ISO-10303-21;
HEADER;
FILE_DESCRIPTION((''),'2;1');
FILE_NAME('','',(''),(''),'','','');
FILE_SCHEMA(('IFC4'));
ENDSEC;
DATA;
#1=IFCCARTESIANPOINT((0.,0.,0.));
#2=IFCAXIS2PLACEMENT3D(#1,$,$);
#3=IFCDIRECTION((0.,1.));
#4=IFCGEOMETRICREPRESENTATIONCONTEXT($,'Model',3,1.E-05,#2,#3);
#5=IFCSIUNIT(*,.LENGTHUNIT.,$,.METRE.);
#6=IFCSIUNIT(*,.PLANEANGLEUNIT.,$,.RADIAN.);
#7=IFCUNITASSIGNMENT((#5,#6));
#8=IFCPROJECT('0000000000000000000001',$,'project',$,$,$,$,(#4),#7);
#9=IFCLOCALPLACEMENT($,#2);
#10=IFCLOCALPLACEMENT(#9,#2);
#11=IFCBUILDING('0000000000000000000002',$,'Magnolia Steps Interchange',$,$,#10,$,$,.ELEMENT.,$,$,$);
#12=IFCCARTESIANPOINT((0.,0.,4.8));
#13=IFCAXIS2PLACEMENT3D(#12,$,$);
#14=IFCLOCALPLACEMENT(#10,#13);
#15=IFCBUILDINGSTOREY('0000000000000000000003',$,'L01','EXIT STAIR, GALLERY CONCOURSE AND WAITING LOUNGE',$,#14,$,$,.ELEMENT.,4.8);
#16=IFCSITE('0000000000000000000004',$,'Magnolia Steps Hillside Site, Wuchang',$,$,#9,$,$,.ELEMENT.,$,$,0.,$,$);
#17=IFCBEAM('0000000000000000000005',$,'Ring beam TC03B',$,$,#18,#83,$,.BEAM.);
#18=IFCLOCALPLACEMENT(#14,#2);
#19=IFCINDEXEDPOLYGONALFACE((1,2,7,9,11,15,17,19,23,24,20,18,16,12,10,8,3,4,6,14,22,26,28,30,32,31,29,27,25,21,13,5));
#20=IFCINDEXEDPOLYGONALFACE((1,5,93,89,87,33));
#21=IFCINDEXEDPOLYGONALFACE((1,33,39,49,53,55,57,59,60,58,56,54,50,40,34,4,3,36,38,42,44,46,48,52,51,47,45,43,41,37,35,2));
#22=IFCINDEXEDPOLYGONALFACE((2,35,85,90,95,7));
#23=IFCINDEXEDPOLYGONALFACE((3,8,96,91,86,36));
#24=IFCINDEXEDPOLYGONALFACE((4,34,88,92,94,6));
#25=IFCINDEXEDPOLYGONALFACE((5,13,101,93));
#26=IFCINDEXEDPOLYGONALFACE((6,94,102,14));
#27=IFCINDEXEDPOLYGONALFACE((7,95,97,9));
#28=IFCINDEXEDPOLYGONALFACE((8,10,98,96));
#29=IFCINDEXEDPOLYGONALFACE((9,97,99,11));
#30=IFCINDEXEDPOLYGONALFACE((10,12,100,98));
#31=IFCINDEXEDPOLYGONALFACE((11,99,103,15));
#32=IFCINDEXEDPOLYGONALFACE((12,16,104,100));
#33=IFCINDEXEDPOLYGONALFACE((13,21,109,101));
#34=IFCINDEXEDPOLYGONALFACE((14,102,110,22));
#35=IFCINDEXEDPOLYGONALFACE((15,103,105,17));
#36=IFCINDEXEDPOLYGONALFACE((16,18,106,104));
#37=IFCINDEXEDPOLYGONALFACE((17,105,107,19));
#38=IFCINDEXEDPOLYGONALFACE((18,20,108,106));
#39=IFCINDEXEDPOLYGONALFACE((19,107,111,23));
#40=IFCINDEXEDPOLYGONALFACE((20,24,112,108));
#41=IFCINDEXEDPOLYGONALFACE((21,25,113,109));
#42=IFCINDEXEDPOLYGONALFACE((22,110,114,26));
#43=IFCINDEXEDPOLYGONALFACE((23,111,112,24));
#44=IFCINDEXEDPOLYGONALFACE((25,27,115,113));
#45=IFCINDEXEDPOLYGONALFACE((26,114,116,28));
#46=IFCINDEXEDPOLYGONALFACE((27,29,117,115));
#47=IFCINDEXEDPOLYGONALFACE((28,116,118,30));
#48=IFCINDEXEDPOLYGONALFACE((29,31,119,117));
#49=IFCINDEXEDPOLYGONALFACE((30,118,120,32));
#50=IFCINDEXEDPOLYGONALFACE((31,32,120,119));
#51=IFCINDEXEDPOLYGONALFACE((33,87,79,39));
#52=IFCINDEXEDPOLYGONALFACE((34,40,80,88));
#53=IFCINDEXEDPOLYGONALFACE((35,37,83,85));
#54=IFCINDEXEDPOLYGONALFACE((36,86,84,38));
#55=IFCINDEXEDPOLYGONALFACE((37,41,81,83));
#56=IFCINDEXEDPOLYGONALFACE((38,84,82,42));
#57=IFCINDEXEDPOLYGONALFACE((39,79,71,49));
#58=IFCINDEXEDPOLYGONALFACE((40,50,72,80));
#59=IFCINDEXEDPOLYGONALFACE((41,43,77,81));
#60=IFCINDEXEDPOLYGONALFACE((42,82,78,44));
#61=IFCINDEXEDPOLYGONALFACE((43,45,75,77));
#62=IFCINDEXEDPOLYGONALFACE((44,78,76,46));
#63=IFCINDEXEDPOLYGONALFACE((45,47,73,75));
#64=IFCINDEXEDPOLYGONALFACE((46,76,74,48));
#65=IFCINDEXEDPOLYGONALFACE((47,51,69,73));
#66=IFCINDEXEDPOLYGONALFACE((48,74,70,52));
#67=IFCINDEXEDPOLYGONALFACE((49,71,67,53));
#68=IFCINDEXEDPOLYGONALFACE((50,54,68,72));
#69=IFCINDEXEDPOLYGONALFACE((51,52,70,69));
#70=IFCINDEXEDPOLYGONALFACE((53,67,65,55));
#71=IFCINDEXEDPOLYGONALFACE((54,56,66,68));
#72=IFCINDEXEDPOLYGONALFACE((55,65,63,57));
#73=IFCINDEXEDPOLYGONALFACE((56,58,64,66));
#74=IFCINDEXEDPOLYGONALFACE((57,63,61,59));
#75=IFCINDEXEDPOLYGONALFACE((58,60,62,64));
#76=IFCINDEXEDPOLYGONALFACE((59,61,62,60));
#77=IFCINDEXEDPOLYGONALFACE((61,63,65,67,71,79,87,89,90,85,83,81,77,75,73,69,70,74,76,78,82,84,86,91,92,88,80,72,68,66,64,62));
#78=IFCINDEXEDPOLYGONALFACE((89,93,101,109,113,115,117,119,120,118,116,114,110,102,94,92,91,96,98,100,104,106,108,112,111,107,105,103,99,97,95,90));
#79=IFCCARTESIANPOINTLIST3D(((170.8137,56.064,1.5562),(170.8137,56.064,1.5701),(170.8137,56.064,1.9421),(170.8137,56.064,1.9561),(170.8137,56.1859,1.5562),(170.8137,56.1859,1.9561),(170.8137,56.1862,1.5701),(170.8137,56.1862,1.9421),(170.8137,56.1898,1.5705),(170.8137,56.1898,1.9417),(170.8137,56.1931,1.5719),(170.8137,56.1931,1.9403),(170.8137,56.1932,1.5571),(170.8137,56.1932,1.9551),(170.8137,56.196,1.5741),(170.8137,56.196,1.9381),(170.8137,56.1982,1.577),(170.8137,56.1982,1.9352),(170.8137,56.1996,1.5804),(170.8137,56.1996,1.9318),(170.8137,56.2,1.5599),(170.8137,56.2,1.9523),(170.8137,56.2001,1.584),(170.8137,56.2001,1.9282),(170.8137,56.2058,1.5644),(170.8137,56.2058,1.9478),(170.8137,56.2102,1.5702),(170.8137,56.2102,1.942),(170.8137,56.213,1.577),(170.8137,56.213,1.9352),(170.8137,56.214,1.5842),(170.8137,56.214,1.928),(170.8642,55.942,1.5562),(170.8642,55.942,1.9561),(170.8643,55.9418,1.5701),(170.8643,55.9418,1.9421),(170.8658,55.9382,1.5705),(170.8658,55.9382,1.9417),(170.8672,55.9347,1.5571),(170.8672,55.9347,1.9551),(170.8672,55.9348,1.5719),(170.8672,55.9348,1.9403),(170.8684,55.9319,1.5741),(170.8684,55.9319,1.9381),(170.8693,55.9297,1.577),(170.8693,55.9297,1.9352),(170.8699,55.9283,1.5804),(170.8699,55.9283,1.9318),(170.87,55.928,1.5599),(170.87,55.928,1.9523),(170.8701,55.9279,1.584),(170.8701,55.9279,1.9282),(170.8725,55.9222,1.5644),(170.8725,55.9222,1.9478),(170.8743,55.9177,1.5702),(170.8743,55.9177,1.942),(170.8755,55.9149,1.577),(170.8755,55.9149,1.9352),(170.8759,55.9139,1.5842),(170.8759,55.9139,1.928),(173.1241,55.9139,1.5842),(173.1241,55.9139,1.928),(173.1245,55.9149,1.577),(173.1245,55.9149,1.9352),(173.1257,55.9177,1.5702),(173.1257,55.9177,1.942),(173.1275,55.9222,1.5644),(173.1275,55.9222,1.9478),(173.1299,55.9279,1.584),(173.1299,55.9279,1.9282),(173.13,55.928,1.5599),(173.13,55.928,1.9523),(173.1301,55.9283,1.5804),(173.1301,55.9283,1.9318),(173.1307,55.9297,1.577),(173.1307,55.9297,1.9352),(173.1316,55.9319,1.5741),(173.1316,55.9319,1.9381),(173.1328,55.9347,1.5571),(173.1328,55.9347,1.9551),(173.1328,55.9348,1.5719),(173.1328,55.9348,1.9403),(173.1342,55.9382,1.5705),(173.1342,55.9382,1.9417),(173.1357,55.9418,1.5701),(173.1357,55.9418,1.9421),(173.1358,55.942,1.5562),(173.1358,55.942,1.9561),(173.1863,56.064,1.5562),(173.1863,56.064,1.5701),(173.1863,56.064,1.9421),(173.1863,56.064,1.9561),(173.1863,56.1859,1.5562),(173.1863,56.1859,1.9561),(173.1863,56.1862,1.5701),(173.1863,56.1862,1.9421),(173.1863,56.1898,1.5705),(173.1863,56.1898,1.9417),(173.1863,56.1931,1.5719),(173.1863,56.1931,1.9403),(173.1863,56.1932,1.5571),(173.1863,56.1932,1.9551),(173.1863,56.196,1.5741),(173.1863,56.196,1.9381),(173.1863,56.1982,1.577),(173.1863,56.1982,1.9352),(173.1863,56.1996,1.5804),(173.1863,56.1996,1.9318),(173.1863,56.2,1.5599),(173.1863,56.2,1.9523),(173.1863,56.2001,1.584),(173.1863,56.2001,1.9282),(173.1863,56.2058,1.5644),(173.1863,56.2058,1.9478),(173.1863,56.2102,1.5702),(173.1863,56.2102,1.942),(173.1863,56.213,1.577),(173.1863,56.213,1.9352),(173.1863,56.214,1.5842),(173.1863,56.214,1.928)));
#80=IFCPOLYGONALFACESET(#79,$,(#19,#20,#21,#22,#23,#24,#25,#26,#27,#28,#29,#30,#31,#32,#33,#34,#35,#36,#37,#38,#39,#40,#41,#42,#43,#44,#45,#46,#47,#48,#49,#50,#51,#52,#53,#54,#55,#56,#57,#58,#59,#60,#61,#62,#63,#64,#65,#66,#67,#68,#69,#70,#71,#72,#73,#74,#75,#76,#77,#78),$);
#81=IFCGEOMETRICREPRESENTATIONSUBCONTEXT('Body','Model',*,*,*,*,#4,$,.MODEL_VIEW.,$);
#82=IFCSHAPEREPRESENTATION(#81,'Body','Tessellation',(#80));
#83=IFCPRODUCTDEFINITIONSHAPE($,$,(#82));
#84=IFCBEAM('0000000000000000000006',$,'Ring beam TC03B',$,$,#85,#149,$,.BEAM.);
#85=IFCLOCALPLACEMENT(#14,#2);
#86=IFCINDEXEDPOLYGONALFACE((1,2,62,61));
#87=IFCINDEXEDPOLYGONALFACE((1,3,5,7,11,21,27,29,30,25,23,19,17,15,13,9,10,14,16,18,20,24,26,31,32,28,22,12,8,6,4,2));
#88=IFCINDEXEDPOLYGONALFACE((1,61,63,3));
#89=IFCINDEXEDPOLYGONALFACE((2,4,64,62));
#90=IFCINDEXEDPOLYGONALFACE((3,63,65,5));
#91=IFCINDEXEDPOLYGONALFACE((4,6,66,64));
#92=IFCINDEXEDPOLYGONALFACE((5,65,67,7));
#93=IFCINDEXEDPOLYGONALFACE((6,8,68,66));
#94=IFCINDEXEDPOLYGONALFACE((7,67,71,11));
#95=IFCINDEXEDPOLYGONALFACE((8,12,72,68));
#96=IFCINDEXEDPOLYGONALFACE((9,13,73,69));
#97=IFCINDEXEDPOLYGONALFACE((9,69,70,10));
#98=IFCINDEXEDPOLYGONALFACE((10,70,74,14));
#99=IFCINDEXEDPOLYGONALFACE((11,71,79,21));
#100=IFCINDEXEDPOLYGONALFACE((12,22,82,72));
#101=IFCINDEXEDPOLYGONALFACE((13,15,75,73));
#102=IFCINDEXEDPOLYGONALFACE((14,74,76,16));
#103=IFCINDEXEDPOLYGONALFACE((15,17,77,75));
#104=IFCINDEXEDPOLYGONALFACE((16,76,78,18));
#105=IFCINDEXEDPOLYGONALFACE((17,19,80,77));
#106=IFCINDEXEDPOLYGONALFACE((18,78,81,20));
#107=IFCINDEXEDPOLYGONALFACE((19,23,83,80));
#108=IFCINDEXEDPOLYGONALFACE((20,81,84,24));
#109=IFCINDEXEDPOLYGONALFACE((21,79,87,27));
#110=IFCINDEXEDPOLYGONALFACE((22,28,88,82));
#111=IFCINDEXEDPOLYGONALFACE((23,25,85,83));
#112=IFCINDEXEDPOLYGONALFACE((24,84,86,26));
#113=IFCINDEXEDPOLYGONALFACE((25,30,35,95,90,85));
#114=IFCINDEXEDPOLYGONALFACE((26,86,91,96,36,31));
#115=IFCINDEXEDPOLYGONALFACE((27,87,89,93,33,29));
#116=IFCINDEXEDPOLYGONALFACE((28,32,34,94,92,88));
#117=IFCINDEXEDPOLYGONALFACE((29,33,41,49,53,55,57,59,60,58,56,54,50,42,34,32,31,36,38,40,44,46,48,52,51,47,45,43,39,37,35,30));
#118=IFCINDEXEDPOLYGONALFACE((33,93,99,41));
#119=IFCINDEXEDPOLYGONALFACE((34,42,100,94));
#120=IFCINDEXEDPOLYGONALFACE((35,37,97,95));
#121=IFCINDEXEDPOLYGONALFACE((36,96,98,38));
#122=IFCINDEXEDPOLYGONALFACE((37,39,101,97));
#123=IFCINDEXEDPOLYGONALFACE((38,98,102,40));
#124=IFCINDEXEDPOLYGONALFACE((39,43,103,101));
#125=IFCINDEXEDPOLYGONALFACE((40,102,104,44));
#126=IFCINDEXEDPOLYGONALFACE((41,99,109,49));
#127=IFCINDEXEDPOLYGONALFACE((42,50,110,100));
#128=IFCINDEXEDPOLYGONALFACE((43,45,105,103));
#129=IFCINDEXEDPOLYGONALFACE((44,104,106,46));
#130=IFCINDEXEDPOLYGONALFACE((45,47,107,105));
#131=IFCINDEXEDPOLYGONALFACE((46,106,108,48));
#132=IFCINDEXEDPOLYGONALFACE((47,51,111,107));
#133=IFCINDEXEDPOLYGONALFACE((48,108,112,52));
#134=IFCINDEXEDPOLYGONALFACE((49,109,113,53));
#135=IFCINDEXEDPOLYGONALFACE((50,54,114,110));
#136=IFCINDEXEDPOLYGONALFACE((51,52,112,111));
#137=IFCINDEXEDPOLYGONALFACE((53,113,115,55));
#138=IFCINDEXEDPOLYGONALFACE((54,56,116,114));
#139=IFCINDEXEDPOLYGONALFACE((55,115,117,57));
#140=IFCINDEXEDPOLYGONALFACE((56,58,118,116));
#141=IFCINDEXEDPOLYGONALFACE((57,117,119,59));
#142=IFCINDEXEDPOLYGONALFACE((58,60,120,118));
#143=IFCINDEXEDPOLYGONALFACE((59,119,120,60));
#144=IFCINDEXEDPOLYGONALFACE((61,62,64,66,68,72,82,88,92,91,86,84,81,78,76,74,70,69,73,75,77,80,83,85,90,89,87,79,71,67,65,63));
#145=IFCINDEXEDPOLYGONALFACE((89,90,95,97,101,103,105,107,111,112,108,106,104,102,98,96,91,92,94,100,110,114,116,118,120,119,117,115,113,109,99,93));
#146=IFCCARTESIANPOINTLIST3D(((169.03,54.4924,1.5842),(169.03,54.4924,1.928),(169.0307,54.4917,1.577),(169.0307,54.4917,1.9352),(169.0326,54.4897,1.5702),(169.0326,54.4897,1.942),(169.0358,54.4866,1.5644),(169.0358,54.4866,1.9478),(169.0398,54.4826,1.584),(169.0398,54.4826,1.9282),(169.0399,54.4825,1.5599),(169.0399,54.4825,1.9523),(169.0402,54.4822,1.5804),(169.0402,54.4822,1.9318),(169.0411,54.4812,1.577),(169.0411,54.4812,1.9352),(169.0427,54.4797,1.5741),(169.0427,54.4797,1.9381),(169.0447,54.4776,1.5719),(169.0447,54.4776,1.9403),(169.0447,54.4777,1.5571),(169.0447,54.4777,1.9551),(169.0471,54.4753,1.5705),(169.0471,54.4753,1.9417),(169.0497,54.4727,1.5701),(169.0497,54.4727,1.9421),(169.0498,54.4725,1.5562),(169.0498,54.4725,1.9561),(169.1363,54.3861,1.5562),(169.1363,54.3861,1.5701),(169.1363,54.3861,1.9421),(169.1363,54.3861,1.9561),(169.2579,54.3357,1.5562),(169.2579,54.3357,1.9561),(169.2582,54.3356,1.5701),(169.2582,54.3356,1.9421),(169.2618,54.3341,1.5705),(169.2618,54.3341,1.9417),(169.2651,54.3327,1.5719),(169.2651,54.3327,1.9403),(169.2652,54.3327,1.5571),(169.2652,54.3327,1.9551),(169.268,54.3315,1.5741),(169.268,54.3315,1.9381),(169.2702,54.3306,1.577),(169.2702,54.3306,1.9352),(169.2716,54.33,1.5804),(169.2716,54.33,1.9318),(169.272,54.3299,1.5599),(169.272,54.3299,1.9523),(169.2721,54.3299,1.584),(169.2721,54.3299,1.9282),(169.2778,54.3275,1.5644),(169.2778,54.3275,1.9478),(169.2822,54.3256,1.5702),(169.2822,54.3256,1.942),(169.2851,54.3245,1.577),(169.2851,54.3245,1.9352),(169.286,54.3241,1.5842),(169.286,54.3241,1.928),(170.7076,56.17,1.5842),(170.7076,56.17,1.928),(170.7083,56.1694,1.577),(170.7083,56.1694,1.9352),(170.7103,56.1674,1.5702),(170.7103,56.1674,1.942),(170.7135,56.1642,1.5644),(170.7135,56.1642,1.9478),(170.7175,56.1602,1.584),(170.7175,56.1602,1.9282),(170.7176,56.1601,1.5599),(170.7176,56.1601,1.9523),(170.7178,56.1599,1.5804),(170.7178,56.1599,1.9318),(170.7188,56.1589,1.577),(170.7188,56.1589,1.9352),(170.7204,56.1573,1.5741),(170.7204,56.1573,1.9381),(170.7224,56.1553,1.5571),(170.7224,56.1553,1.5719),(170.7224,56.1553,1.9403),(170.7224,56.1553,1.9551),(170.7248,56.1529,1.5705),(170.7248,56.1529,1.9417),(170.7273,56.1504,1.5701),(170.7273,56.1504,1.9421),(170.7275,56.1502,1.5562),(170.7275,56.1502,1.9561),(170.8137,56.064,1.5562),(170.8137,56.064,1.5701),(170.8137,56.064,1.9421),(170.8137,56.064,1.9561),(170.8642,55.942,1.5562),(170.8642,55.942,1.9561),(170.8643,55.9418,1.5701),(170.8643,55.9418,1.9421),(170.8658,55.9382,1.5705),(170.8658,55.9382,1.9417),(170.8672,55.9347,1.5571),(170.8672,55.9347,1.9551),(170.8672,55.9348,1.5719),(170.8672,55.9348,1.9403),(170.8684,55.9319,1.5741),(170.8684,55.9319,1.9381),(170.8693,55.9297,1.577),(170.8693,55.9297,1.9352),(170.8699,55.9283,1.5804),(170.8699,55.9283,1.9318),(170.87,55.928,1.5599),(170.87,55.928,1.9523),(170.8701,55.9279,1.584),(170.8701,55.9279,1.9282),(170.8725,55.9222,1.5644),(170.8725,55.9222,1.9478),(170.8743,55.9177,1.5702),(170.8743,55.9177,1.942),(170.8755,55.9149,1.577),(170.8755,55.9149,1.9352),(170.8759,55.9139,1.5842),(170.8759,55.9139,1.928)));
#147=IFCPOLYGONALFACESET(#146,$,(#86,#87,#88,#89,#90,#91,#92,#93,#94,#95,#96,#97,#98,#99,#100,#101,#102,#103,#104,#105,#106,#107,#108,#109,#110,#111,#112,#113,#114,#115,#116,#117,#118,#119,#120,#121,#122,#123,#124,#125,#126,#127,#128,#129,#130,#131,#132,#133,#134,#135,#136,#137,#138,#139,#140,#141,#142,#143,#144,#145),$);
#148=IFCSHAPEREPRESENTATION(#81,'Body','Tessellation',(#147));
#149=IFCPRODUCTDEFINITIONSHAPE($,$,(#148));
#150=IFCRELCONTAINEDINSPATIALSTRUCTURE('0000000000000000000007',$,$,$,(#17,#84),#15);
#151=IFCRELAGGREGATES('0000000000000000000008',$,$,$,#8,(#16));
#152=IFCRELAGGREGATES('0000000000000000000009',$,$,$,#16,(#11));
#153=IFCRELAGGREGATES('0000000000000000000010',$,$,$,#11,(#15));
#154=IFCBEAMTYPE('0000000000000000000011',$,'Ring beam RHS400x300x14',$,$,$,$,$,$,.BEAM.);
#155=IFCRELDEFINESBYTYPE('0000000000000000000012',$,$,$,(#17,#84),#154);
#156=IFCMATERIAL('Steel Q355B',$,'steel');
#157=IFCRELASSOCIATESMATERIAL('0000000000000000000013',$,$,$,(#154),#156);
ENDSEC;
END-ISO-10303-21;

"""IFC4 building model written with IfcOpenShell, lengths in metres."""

from ifc_helpers import new_model, si_unit, direction, frame, origin, origin_2d, place, context, subcontext, project, spatial, hollow_rectangle, extrude, clip, halfspace, material, material_profile, profile_set, type_object, element, save


model = new_model("IFC4")

# Units and contexts
model_context = context("Model", 3, precision=1e-05, world=origin(), true_north=direction((0.0, 1.0)))
body_context = subcontext(model_context, "Body", "Model", "MODEL_VIEW")
ifc_project = project(units=[si_unit("LENGTHUNIT", "METRE"), si_unit("PLANEANGLEUNIT", "RADIAN")], contexts=[model_context])

# Site, building, storey
site_placement = place(None, origin())
site = spatial("IfcSite", under=ifc_project, at=site_placement, Name="Magnolia Steps Hillside Site, Wuchang", CompositionType="ELEMENT", RefElevation=0.0)
building_placement = place(site_placement, origin())
building = spatial("IfcBuilding", under=site, at=building_placement, Name="Magnolia Steps Interchange", CompositionType="ELEMENT")
storey_placement = place(building_placement, frame((0.0, 0.0, 4.8)))
storey = spatial("IfcBuildingStorey", under=building, at=storey_placement, Name="L01", Description="EXIT STAIR, GALLERY CONCOURSE AND WAITING LOUNGE", CompositionType="ELEMENT", Elevation=4.8)

# Beams
ifc_material_1 = material(Name="Steel Q355B", Category="steel")
ifc_material_profile_1 = material_profile(ifc_material_1, hollow_rectangle(XDim=0.3, YDim=0.3999, WallThickness=0.0139, InnerFilletRadius=0.0139, OuterFilletRadius=0.0281, at=origin_2d()), Name="RHS400x300x14")
ifc_profile_set_1 = profile_set([ifc_material_profile_1], Name="Steel Q355B")
beam_type_1 = type_object("IfcBeamType", Name="Ring beam RHS400x300x14", PredefinedType="BEAM", material=ifc_profile_set_1)
beam_1_placement = place(storey_placement, frame((173.1863, 56.064, 1.7561), z_axis=(-1.0, 0.0, 0.0), x_axis=(0.0, -1.0, 0.0)))
element("IfcBeam", 1, at=beam_1_placement, inside=storey, type_object=beam_type_1, Name="Ring beam TC03B", PredefinedType="BEAM", context=body_context, shape_type="Clipping", body=[
    clip(clip(extrude(hollow_rectangle(XDim=0.3, YDim=0.3999, WallThickness=0.0139, InnerFilletRadius=0.0139, OuterFilletRadius=0.0281, at=origin_2d()), origin(), (0.0, 0.0, 1.0), 2.3726), halfspace(frame((0.0, 0.0, 0.0), z_axis=(0.382683, 0.0, -0.92388), x_axis=(0.92388, 0.0, 0.382683)), False)), halfspace(frame((0.0, 0.0, 2.3726), z_axis=(0.382683, 0.0, 0.92388), x_axis=(0.92388, 0.0, -0.382683)), False)),
])
beam_2_placement = place(storey_placement, frame((170.8137, 56.064, 1.7561), z_axis=(-0.707107, -0.707107, 0.0), x_axis=(0.707107, -0.707107, 0.0)))
element("IfcBeam", 2, at=beam_2_placement, inside=storey, type_object=beam_type_1, Name="Ring beam TC03B", PredefinedType="BEAM", context=body_context, shape_type="Clipping", body=[
    clip(clip(extrude(hollow_rectangle(XDim=0.3, YDim=0.3999, WallThickness=0.0139, InnerFilletRadius=0.0139, OuterFilletRadius=0.0281, at=origin_2d()), origin(), (0.0, 0.0, 1.0), 2.3726), halfspace(frame((0.0, 0.0, 0.0), z_axis=(0.382683, 0.0, -0.92388), x_axis=(0.92388, 0.0, 0.382683)), False)), halfspace(frame((0.0, 0.0, 2.3727), z_axis=(0.382683, 0.0, 0.92388), x_axis=(0.92388, 0.0, -0.382683)), False)),
])

save(model, "model.ifc")
